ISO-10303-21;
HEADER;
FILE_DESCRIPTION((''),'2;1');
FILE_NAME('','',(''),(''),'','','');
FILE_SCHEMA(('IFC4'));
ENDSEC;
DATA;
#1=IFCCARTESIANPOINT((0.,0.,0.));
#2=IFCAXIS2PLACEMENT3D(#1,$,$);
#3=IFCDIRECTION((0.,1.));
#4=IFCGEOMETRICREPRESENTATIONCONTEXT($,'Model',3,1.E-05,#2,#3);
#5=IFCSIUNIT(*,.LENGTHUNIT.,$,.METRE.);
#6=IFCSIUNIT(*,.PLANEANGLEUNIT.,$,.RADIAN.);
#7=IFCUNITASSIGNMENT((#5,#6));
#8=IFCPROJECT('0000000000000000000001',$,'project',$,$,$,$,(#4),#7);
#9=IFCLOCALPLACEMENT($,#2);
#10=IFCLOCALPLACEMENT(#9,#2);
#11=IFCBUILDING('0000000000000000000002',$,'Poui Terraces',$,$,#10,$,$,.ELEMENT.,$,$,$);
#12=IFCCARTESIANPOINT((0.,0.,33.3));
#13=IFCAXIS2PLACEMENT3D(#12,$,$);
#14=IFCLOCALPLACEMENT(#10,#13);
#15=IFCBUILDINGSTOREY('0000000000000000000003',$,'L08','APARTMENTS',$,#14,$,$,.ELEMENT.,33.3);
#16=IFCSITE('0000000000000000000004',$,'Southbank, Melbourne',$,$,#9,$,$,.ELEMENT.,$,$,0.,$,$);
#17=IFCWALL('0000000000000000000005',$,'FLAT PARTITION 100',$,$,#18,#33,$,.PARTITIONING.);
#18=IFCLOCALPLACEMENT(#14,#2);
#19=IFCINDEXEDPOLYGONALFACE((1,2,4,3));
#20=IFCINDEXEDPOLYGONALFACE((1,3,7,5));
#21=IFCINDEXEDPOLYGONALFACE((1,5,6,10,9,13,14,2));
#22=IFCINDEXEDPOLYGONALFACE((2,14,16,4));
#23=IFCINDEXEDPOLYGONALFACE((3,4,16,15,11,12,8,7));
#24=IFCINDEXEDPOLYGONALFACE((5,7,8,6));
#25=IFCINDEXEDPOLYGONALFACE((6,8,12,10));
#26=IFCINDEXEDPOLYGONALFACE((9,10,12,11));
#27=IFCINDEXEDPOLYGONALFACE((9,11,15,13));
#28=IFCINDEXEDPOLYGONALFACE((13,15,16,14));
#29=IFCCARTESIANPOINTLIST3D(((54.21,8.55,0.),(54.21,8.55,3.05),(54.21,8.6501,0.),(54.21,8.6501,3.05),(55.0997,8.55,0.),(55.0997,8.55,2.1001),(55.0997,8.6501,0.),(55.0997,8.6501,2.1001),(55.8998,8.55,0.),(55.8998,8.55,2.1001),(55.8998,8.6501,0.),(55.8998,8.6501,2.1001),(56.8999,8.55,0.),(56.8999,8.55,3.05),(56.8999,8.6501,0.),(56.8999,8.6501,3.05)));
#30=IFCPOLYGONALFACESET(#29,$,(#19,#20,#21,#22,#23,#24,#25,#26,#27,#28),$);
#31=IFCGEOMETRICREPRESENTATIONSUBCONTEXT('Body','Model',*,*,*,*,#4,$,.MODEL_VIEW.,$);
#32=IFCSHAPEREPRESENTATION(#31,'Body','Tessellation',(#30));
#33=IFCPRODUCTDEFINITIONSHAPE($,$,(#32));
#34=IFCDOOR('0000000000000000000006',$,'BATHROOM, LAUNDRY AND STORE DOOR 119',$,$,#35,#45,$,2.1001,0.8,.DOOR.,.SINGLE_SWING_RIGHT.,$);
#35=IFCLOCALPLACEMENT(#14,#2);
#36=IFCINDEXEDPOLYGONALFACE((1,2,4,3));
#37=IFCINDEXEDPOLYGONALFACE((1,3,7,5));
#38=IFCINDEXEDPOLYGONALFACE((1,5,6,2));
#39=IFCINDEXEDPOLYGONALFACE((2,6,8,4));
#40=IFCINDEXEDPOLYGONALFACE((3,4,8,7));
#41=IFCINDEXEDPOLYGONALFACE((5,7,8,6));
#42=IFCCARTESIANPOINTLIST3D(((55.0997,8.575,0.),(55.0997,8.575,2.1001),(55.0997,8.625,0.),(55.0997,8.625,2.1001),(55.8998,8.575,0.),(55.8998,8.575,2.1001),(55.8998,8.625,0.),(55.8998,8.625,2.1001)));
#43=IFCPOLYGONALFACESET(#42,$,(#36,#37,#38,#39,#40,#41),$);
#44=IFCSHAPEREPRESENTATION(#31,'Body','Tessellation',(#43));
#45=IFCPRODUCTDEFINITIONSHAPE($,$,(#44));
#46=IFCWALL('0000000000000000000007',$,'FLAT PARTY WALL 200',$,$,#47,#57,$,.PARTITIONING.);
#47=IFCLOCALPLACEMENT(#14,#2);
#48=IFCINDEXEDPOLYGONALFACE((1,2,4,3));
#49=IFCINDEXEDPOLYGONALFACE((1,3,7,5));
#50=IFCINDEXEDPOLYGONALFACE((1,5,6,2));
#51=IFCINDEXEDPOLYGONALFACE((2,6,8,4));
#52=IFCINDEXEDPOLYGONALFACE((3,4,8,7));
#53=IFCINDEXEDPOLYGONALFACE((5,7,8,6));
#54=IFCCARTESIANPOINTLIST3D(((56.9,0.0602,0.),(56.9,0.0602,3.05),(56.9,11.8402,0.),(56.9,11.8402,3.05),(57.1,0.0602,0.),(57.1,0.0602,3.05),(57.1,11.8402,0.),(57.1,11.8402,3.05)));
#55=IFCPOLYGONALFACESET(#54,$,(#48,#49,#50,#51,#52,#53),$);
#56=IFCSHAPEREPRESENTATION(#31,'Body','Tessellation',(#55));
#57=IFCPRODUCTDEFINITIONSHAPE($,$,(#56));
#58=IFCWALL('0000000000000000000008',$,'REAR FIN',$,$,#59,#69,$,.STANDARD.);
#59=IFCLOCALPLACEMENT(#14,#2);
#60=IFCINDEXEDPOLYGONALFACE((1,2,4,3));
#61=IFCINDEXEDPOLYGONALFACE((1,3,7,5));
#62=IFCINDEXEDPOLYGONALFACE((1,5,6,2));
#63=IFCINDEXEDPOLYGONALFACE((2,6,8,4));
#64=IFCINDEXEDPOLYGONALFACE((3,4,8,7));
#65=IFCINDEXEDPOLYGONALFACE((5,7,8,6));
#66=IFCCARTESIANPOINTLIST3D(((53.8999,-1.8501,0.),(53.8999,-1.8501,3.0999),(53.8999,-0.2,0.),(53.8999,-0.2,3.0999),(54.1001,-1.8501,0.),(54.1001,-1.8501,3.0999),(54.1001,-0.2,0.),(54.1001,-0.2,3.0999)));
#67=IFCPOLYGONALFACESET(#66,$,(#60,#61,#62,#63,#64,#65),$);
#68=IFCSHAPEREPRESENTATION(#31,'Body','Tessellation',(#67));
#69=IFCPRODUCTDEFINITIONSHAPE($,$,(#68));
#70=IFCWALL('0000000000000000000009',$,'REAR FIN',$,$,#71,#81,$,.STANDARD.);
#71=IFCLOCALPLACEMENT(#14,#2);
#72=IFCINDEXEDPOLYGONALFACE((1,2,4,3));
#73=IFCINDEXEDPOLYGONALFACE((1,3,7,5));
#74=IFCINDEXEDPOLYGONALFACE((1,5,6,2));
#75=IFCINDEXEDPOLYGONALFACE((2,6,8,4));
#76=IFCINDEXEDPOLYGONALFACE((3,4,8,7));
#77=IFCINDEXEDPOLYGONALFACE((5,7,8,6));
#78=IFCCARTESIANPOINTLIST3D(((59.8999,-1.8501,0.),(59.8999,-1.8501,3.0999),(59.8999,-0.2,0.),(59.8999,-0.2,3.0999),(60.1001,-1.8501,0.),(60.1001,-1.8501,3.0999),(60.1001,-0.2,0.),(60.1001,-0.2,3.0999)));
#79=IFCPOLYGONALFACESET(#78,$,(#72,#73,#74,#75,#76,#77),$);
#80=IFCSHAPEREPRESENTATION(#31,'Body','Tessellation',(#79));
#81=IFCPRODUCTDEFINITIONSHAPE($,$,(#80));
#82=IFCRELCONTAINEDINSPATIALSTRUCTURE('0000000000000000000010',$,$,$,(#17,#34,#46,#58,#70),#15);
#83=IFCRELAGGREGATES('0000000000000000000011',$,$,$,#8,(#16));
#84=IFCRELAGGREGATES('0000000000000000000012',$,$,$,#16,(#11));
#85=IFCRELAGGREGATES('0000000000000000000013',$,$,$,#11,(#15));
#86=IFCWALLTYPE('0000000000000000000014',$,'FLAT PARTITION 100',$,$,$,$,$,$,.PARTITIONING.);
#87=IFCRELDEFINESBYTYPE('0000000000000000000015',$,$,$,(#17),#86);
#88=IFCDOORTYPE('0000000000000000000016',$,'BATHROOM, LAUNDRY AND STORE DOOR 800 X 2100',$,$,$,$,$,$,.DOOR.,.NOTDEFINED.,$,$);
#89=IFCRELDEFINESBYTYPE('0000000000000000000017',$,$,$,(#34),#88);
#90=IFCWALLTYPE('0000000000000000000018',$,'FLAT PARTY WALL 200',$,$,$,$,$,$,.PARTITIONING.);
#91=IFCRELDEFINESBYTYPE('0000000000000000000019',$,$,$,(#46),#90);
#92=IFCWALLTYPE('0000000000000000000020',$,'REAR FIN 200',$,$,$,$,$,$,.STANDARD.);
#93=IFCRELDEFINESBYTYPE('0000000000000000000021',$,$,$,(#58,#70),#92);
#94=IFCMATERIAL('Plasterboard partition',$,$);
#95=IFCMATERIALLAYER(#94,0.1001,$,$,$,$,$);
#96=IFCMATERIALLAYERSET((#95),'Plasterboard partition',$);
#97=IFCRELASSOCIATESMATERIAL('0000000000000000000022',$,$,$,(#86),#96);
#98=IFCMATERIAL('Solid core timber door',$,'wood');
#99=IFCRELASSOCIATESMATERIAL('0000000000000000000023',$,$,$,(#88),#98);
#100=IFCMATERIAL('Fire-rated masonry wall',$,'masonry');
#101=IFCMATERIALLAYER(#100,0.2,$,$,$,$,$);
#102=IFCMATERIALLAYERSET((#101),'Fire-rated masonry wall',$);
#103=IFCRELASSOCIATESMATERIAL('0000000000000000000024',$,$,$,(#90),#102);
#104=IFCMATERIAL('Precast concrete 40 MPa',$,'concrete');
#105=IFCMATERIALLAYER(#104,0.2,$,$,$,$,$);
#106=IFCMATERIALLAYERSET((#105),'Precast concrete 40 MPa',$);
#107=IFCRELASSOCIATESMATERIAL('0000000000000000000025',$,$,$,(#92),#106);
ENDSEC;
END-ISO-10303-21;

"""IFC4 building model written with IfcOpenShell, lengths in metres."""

from ifc_helpers import new_model, si_unit, direction, frame, frame_2d, origin, place, context, subcontext, project, spatial, polyline, rectangle, outline, extrude, source, transform, mapped, material, layer, layer_set, type_object, element, fill, save


model = new_model("IFC4")

# Units and contexts
model_context = context("Model", 3, precision=1e-05, world=origin(), true_north=direction((0.0, 1.0)))
body_context = subcontext(model_context, "Body", "Model", "MODEL_VIEW")
ifc_project = project(units=[si_unit("LENGTHUNIT", "METRE"), si_unit("PLANEANGLEUNIT", "RADIAN")], contexts=[model_context])

# Site, building, storey
site_placement = place(None, origin())
site = spatial("IfcSite", under=ifc_project, at=site_placement, Name="Southbank, Melbourne", CompositionType="ELEMENT", RefElevation=0.0)
building_placement = place(site_placement, origin())
building = spatial("IfcBuilding", under=site, at=building_placement, Name="Poui Terraces", CompositionType="ELEMENT")
storey_placement = place(building_placement, frame((0.0, 0.0, 33.3)))
storey = spatial("IfcBuildingStorey", under=building, at=storey_placement, Name="L08", Description="APARTMENTS", CompositionType="ELEMENT", Elevation=33.3)

# Shared definitions
ifc_material_1 = material(Name="Precast concrete 40 MPa", Category="concrete")

# Wall, opening, door
ifc_material_2 = material(Name="Solid core timber door", Category="wood")
ifc_material_3 = material(Name="Plasterboard partition")
ifc_layer_1 = layer(ifc_material_3, 0.1001)
ifc_layer_set_1 = layer_set([ifc_layer_1], Name="Plasterboard partition")
wall_type_1 = type_object("IfcWallType", Name="FLAT PARTITION 100", PredefinedType="PARTITIONING", material=ifc_layer_set_1)
door_type_1 = type_object("IfcDoorType", Name="BATHROOM, LAUNDRY AND STORE DOOR 800 X 2100", OperationType="NOTDEFINED", PredefinedType="DOOR", material=ifc_material_2)
wall_1_placement = place(storey_placement, frame((54.21, 8.6001, 0.0), z_axis=(0.0, 0.0, 1.0), x_axis=(1.0, 0.0, 0.0)))
wall_1 = element("IfcWall", 1, at=wall_1_placement, inside=storey, type_object=wall_type_1, Name="FLAT PARTITION 100", PredefinedType="PARTITIONING", context=body_context, shape_type="SweptSolid", body=[
    extrude(rectangle(XDim=2.6899, YDim=0.1001, at=frame_2d((1.345, 0.0))), origin(), (0.0, 0.0, 1.0), 3.05),
])
opening_1_placement = place(wall_1_placement, frame((0.8899, 0.0, 0.0)))
opening_1 = element("IfcOpeningElement", 2, at=opening_1_placement, cuts=wall_1, PredefinedType="OPENING", context=body_context, shape_type="SweptSolid", body=[
    extrude(rectangle(XDim=0.8, YDim=2.1001, at=frame_2d((0.3999, 1.05))), frame((0.0, 0.0601, 0.0), z_axis=(0.0, -1.0, 0.0), x_axis=(1.0, 0.0, 0.0)), (0.0, 0.0, 1.0), 0.1201),
])
door_1_placement = place(opening_1_placement, origin())
door_1 = element("IfcDoor", 3, at=door_1_placement, inside=storey, type_object=door_type_1, Name="BATHROOM, LAUNDRY AND STORE DOOR 119", OperationType="SINGLE_SWING_RIGHT", OverallHeight=2.1001, OverallWidth=0.8, PredefinedType="DOOR", context=body_context, shape_type="SweptSolid", body=[
    extrude(rectangle(XDim=0.8, YDim=2.1001, at=frame_2d((0.3999, 1.05))), frame((0.0, 0.0249, 0.0), z_axis=(0.0, -1.0, 0.0), x_axis=(1.0, 0.0, 0.0)), (0.0, 0.0, 1.0), 0.05),
])
fill(opening_1, door_1)

# Walls
ifc_material_4 = material(Name="Fire-rated masonry wall", Category="masonry")
ifc_layer_2 = layer(ifc_material_4, 0.2)
ifc_layer_set_2 = layer_set([ifc_layer_2], Name="Fire-rated masonry wall")
wall_type_2 = type_object("IfcWallType", Name="FLAT PARTY WALL 200", PredefinedType="PARTITIONING", material=ifc_layer_set_2)
wall_2_placement = place(storey_placement, frame((57.0, 0.0601, 0.0), z_axis=(0.0, 0.0, 1.0), x_axis=(0.0, 1.0, 0.0)))
element("IfcWall", 4, at=wall_2_placement, inside=storey, type_object=wall_type_2, Name="FLAT PARTY WALL 200", PredefinedType="PARTITIONING", context=body_context, shape_type="SweptSolid", body=[
    extrude(rectangle(XDim=11.78, YDim=0.2, at=frame_2d((5.8901, 0.0))), origin(), (0.0, 0.0, 1.0), 3.05),
])
ifc_layer_3 = layer(ifc_material_1, 0.2)
ifc_layer_set_3 = layer_set([ifc_layer_3], Name="Precast concrete 40 MPa")
wall_type_3 = type_object("IfcWallType", Name="REAR FIN 200", PredefinedType="STANDARD", material=ifc_layer_set_3)
shared_shape_1 = source(origin(), body_context, "Body", "SweptSolid", [
    extrude(outline(polyline([(0.0, 0.0), (0.2002, 0.0), (0.2002, 1.6501), (0.0, 1.6501), (0.0, 0.0)])), origin(), (0.0, 0.0, 1.0), 3.0999),
])
for number, where, name in (
    (5, (53.8999, -1.8501, 0.0), "REAR FIN"),
    (6, (59.8999, -1.8501, 0.0), "REAR FIN"),
):
    element("IfcWall", number, at=place(storey_placement, frame(where)), inside=storey, type_object=wall_type_3, Name=name, PredefinedType="STANDARD", context=body_context, shape_type="MappedRepresentation", body=[
        mapped(shared_shape_1, transform((0.0, 0.0, 0.0))),
    ])

save(model, "model.ifc")
